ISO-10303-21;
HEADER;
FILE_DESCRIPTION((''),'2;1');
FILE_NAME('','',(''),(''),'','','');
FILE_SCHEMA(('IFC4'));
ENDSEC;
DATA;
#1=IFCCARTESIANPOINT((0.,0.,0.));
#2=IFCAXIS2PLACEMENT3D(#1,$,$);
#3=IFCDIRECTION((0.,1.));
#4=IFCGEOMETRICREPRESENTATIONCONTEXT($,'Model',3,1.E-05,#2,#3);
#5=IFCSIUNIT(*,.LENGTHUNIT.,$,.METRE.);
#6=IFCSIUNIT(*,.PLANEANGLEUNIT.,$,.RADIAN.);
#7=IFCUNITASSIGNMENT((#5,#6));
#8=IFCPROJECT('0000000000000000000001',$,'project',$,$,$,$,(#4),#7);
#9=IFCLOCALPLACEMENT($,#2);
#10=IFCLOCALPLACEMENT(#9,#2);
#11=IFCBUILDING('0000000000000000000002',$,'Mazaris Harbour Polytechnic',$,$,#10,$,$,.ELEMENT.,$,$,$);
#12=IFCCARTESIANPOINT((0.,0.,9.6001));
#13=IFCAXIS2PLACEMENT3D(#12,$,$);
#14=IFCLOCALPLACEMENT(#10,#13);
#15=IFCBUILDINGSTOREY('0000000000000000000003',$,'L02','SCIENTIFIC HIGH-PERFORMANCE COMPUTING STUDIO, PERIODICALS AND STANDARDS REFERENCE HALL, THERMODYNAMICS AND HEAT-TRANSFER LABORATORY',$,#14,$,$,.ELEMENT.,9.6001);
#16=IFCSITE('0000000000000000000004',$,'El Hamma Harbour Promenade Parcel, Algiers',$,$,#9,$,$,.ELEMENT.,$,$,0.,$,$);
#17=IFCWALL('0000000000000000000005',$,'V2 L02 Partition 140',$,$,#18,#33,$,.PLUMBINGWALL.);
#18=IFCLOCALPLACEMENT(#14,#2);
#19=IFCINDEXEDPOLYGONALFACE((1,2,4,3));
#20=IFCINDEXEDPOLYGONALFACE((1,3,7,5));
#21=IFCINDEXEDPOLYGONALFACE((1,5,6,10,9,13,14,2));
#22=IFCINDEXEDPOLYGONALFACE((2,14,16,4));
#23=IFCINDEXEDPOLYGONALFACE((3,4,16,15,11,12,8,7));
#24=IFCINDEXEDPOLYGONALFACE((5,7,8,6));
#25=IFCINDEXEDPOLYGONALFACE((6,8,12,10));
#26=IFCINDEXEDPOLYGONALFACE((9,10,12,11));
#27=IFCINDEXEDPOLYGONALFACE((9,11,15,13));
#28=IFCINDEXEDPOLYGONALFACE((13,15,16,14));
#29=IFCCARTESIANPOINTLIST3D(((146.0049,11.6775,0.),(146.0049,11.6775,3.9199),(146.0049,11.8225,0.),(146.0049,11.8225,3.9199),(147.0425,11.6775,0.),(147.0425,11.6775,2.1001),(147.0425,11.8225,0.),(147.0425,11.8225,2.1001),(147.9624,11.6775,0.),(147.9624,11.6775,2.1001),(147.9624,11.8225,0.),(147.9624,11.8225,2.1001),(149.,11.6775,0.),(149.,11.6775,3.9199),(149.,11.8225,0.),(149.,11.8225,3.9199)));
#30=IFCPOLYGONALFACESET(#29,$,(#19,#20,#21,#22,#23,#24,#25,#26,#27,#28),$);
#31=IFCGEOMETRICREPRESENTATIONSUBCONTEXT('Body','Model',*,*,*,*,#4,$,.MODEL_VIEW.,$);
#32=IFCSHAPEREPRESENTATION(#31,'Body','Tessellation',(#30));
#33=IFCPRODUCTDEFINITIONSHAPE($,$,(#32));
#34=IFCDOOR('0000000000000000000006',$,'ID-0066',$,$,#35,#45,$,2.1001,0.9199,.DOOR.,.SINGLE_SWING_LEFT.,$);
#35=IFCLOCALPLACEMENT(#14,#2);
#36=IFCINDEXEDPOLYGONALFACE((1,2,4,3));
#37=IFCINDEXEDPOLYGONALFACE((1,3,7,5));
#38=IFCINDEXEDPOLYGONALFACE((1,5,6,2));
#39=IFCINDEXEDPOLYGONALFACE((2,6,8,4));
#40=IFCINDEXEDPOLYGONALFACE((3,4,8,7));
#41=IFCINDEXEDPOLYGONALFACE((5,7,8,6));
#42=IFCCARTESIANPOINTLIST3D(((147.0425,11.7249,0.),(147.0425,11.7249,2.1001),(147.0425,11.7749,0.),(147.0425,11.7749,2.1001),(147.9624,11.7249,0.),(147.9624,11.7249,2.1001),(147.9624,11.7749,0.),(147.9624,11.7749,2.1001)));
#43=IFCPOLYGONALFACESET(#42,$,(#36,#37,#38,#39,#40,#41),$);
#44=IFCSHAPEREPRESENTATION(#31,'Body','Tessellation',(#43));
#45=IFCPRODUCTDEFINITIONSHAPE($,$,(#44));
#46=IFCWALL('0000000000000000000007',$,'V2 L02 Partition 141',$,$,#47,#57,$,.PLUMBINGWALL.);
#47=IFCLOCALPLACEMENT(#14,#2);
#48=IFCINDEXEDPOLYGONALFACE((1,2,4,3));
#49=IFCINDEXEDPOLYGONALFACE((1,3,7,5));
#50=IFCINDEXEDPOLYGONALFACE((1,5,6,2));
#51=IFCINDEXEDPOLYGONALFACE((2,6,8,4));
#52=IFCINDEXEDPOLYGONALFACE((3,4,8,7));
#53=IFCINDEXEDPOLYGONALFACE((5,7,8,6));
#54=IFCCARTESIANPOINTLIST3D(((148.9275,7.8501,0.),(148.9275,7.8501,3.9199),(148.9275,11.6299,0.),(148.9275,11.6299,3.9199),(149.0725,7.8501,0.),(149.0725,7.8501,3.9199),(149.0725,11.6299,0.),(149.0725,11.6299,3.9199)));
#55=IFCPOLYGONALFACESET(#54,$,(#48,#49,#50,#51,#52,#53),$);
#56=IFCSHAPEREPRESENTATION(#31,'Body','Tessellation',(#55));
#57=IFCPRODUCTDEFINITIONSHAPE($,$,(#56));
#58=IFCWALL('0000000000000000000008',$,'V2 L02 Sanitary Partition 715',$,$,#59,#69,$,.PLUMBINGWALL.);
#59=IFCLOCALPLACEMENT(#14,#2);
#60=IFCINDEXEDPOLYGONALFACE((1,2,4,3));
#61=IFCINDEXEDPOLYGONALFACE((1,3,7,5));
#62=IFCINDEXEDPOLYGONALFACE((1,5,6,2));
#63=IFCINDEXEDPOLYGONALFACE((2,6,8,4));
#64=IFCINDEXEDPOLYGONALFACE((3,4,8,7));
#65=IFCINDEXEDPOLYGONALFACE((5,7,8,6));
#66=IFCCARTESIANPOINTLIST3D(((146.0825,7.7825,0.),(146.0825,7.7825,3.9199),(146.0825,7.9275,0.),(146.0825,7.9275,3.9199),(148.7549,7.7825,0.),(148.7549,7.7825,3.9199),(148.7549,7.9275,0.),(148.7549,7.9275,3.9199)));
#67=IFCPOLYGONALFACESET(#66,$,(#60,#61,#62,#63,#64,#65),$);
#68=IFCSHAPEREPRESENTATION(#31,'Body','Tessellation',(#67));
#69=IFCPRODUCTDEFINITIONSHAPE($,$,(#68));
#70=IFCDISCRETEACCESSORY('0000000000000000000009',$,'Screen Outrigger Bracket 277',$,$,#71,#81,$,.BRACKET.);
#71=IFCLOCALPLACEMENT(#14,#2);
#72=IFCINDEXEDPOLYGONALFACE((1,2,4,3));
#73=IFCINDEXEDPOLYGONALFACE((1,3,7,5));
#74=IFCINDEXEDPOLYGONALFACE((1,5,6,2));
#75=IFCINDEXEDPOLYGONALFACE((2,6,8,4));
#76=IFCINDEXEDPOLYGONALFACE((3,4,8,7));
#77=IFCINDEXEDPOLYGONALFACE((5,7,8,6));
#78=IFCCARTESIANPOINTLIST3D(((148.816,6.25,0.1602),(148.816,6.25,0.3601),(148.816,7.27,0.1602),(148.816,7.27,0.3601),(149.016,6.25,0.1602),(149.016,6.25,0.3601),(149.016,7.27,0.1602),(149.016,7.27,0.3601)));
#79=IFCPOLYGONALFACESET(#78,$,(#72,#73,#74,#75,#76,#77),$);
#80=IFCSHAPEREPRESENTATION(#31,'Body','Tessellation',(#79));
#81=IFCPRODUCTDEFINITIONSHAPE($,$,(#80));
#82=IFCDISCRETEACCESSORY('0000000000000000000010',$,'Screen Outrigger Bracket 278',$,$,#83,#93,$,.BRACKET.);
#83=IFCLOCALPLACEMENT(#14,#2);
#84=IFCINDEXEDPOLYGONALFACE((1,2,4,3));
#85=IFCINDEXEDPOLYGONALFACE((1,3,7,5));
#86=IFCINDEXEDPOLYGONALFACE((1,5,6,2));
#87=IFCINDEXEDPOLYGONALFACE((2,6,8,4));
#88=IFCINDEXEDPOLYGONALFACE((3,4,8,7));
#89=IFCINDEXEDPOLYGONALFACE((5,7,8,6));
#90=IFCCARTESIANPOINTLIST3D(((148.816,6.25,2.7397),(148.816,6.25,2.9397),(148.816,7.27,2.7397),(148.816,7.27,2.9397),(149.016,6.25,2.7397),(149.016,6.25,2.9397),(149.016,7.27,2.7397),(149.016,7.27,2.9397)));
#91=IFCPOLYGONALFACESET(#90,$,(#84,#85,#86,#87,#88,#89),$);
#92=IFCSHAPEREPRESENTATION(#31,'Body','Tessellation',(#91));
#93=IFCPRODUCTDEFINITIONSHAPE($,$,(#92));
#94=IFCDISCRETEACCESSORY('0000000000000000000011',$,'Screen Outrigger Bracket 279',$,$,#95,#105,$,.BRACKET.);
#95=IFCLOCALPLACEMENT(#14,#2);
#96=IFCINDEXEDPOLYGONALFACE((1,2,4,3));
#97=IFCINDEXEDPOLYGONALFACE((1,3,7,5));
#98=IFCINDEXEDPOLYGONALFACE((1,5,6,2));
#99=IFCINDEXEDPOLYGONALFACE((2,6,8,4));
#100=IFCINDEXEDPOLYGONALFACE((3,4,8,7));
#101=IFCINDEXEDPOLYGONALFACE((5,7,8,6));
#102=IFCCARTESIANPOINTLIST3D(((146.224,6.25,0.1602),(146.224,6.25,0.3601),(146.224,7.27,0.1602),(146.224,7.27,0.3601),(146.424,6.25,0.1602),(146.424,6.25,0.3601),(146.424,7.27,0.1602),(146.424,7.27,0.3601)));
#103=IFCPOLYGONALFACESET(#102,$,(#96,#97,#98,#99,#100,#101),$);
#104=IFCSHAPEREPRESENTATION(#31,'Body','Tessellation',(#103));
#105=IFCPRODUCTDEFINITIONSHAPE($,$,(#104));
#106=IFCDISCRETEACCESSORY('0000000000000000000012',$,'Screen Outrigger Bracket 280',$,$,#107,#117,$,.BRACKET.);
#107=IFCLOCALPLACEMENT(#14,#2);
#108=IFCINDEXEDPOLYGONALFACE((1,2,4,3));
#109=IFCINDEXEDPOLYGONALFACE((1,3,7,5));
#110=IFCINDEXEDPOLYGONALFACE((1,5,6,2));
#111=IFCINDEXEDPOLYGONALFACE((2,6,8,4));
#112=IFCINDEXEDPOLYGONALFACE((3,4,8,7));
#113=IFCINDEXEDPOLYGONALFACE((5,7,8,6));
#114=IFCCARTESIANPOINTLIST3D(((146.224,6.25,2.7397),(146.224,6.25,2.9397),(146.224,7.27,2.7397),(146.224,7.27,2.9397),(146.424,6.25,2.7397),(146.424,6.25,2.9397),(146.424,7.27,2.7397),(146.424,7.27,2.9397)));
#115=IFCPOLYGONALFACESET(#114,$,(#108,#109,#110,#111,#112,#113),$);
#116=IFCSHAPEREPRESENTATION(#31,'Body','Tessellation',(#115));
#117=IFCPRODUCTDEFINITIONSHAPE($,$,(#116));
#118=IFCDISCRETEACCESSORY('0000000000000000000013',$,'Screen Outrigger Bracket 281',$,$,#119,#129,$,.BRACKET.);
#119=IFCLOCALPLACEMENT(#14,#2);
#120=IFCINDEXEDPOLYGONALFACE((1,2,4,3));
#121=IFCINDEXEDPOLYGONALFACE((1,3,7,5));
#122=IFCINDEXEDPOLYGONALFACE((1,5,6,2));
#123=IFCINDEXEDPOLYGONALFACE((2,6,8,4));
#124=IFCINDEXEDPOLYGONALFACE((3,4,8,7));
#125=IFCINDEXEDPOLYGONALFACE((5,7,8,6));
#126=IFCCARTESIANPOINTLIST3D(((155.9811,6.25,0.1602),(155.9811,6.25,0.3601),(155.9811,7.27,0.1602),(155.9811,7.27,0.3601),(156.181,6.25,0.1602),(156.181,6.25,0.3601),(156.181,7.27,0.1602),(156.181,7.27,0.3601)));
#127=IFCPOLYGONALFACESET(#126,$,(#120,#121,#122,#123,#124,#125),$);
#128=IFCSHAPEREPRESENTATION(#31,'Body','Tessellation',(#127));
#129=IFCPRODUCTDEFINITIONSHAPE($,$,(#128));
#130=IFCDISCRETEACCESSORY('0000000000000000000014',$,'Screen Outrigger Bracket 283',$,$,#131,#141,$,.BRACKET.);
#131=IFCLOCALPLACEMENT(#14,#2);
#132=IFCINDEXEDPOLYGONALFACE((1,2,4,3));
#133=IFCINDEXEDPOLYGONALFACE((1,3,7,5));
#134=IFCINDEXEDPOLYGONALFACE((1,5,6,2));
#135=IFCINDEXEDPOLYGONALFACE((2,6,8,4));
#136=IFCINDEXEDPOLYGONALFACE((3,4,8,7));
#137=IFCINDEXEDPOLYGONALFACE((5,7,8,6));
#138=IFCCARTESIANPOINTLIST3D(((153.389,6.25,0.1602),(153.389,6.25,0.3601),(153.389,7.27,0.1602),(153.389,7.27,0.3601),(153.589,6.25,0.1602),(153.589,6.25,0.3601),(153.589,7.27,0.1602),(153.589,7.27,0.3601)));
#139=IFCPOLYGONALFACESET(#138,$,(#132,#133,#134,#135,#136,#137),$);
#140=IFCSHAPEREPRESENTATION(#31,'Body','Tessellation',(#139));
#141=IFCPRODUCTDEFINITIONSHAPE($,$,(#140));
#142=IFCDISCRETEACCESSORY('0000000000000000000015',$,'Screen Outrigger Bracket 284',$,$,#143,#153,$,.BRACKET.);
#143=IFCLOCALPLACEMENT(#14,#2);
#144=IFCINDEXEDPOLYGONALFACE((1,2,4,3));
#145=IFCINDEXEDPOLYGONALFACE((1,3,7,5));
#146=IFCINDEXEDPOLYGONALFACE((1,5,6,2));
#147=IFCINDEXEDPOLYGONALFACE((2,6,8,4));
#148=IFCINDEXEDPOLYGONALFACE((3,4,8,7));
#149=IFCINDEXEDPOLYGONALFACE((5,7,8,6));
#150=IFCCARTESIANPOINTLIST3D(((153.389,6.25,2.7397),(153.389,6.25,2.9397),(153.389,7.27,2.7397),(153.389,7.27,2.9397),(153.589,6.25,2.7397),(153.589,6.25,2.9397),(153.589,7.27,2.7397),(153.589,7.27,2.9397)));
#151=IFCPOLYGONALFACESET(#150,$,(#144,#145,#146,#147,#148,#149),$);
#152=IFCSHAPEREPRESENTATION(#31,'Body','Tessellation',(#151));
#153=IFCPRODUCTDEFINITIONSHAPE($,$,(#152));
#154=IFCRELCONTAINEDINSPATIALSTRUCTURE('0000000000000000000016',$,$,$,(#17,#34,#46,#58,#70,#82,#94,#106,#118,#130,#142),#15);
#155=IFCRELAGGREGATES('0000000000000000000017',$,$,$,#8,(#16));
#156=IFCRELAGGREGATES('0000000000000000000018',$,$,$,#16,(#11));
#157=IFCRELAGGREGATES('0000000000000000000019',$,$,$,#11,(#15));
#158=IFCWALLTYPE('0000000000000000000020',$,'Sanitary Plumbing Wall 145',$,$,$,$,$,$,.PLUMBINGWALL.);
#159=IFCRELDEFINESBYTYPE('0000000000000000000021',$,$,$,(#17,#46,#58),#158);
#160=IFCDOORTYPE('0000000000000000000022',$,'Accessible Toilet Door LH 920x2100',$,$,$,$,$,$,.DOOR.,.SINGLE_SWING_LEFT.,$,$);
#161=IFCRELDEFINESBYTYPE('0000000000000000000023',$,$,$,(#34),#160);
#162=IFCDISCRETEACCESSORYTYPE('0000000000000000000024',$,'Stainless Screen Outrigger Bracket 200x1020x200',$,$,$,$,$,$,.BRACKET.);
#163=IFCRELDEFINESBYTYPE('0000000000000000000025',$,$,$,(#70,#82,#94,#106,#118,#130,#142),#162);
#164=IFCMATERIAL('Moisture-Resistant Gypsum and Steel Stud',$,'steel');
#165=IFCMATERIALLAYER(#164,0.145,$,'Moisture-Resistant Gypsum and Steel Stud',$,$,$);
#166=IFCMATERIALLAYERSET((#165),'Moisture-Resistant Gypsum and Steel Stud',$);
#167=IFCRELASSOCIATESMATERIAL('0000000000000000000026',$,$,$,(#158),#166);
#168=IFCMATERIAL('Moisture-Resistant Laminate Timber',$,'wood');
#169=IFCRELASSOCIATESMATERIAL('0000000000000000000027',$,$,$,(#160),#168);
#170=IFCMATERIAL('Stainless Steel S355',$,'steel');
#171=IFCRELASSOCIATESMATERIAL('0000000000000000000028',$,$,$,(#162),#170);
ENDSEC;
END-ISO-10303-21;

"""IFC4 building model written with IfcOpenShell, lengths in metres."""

from ifc_helpers import new_model, si_unit, direction, frame, frame_2d, origin, origin_2d, place, context, subcontext, project, spatial, rectangle, extrude, material, layer, layer_set, type_object, element, fill, save


model = new_model("IFC4")

# Units and contexts
model_context = context("Model", 3, precision=1e-05, world=origin(), true_north=direction((0.0, 1.0)))
body_context = subcontext(model_context, "Body", "Model", "MODEL_VIEW")
ifc_project = project(units=[si_unit("LENGTHUNIT", "METRE"), si_unit("PLANEANGLEUNIT", "RADIAN")], contexts=[model_context])

# Site, building, storey
site_placement = place(None, origin())
site = spatial("IfcSite", under=ifc_project, at=site_placement, Name="El Hamma Harbour Promenade Parcel, Algiers", CompositionType="ELEMENT", RefElevation=0.0)
building_placement = place(site_placement, origin())
building = spatial("IfcBuilding", under=site, at=building_placement, Name="Mazaris Harbour Polytechnic", CompositionType="ELEMENT")
storey_placement = place(building_placement, frame((0.0, 0.0, 9.6001)))
storey = spatial("IfcBuildingStorey", under=building, at=storey_placement, Name="L02", Description="SCIENTIFIC HIGH-PERFORMANCE COMPUTING STUDIO, PERIODICALS AND STANDARDS REFERENCE HALL, THERMODYNAMICS AND HEAT-TRANSFER LABORATORY", CompositionType="ELEMENT", Elevation=9.6001)

# Wall, opening, door
ifc_material_1 = material(Name="Moisture-Resistant Gypsum and Steel Stud", Category="steel")
ifc_layer_1 = layer(ifc_material_1, 0.145, Name="Moisture-Resistant Gypsum and Steel Stud")
ifc_layer_set_1 = layer_set([ifc_layer_1], Name="Moisture-Resistant Gypsum and Steel Stud")
wall_type_1 = type_object("IfcWallType", Name="Sanitary Plumbing Wall 145", PredefinedType="PLUMBINGWALL", material=ifc_layer_set_1)
wall_1_placement = place(storey_placement, frame((146.0049, 11.75, 0.0), z_axis=(0.0, 0.0, 1.0), x_axis=(1.0, 0.0, 0.0)))
wall_1 = element("IfcWall", 1, at=wall_1_placement, inside=storey, type_object=wall_type_1, Name="V2 L02 Partition 140", PredefinedType="PLUMBINGWALL", context=body_context, shape_type="SweptSolid", body=[
    extrude(rectangle(XDim=2.9951, YDim=0.145, at=frame_2d((1.4976, 0.0))), origin(), (0.0, 0.0, 1.0), 3.9199),
])
opening_1_placement = place(wall_1_placement, frame((1.0376, 0.0, 0.0)))
opening_1 = element("IfcOpeningElement", 2, at=opening_1_placement, cuts=wall_1, PredefinedType="OPENING", context=body_context, shape_type="SweptSolid", body=[
    extrude(rectangle(XDim=0.9199, YDim=2.1001, at=frame_2d((0.46, 1.05))), frame((0.0, 0.0825, 0.0), z_axis=(0.0, -1.0, 0.0), x_axis=(1.0, 0.0, 0.0)), (0.0, 0.0, 1.0), 0.165),
])
ifc_material_2 = material(Name="Moisture-Resistant Laminate Timber", Category="wood")
door_type_1 = type_object("IfcDoorType", Name="Accessible Toilet Door LH 920x2100", OperationType="SINGLE_SWING_LEFT", PredefinedType="DOOR", material=ifc_material_2)
door_1_placement = place(opening_1_placement, origin())
door_1 = element("IfcDoor", 3, at=door_1_placement, inside=storey, type_object=door_type_1, Name="ID-0066", OperationType="SINGLE_SWING_LEFT", OverallHeight=2.1001, OverallWidth=0.9199, PredefinedType="DOOR", context=body_context, shape_type="SweptSolid", body=[
    extrude(rectangle(XDim=0.9199, YDim=2.1001, at=frame_2d((0.46, 1.05))), frame((0.0, 0.0249, 0.0), z_axis=(0.0, -1.0, 0.0), x_axis=(1.0, 0.0, 0.0)), (0.0, 0.0, 1.0), 0.05),
])
fill(opening_1, door_1)

# Walls
wall_2_placement = place(storey_placement, frame((149.0, 7.8501, 0.0), z_axis=(0.0, 0.0, 1.0), x_axis=(0.0, 1.0, 0.0)))
element("IfcWall", 4, at=wall_2_placement, inside=storey, type_object=wall_type_1, Name="V2 L02 Partition 141", PredefinedType="PLUMBINGWALL", context=body_context, shape_type="SweptSolid", body=[
    extrude(rectangle(XDim=3.7798, YDim=0.145, at=frame_2d((1.8899, 0.0))), origin(), (0.0, 0.0, 1.0), 3.9199),
])
wall_3_placement = place(storey_placement, frame((146.0825, 7.855, 0.0), z_axis=(0.0, 0.0, 1.0), x_axis=(1.0, 0.0, 0.0)))
element("IfcWall", 5, at=wall_3_placement, inside=storey, type_object=wall_type_1, Name="V2 L02 Sanitary Partition 715", PredefinedType="PLUMBINGWALL", context=body_context, shape_type="SweptSolid", body=[
    extrude(rectangle(XDim=2.6724, YDim=0.145, at=frame_2d((1.3362, 0.0))), origin(), (0.0, 0.0, 1.0), 3.9199),
])

# Discrete accessories
ifc_material_3 = material(Name="Stainless Steel S355", Category="steel")
discrete_accessory_type = type_object("IfcDiscreteAccessoryType", Name="Stainless Screen Outrigger Bracket 200x1020x200", PredefinedType="BRACKET", material=ifc_material_3)
for number, where, z_axis, x_axis, name in (
    (6, (148.916, 6.76, 0.1602), (0.0, 0.0, 1.0), (-1.0, 0.0, 0.0), "Screen Outrigger Bracket 277"),
    (7, (148.916, 6.76, 2.7397), (0.0, 0.0, 1.0), (-1.0, 0.0, 0.0), "Screen Outrigger Bracket 278"),
    (8, (146.324, 6.76, 0.1602), (0.0, 0.0, 1.0), (-1.0, 0.0, 0.0), "Screen Outrigger Bracket 279"),
    (9, (146.324, 6.76, 2.7397), (0.0, 0.0, 1.0), (-1.0, 0.0, 0.0), "Screen Outrigger Bracket 280"),
    (10, (156.0811, 6.76, 0.1602), (0.0, 0.0, 1.0), (-1.0, 0.0, 0.0), "Screen Outrigger Bracket 281"),
    (11, (153.489, 6.76, 0.1602), (0.0, 0.0, 1.0), (-1.0, 0.0, 0.0), "Screen Outrigger Bracket 283"),
    (12, (153.489, 6.76, 2.7397), (0.0, 0.0, 1.0), (-1.0, 0.0, 0.0), "Screen Outrigger Bracket 284"),
):
    element("IfcDiscreteAccessory", number, at=place(storey_placement, frame(where, z_axis=z_axis, x_axis=x_axis)), inside=storey, type_object=discrete_accessory_type, Name=name, PredefinedType="BRACKET", context=body_context, shape_type="SweptSolid", body=[
        extrude(rectangle(XDim=0.2, YDim=1.02, at=origin_2d()), origin(), (0.0, 0.0, 1.0), 0.2),
    ])

save(model, "model.ifc")
